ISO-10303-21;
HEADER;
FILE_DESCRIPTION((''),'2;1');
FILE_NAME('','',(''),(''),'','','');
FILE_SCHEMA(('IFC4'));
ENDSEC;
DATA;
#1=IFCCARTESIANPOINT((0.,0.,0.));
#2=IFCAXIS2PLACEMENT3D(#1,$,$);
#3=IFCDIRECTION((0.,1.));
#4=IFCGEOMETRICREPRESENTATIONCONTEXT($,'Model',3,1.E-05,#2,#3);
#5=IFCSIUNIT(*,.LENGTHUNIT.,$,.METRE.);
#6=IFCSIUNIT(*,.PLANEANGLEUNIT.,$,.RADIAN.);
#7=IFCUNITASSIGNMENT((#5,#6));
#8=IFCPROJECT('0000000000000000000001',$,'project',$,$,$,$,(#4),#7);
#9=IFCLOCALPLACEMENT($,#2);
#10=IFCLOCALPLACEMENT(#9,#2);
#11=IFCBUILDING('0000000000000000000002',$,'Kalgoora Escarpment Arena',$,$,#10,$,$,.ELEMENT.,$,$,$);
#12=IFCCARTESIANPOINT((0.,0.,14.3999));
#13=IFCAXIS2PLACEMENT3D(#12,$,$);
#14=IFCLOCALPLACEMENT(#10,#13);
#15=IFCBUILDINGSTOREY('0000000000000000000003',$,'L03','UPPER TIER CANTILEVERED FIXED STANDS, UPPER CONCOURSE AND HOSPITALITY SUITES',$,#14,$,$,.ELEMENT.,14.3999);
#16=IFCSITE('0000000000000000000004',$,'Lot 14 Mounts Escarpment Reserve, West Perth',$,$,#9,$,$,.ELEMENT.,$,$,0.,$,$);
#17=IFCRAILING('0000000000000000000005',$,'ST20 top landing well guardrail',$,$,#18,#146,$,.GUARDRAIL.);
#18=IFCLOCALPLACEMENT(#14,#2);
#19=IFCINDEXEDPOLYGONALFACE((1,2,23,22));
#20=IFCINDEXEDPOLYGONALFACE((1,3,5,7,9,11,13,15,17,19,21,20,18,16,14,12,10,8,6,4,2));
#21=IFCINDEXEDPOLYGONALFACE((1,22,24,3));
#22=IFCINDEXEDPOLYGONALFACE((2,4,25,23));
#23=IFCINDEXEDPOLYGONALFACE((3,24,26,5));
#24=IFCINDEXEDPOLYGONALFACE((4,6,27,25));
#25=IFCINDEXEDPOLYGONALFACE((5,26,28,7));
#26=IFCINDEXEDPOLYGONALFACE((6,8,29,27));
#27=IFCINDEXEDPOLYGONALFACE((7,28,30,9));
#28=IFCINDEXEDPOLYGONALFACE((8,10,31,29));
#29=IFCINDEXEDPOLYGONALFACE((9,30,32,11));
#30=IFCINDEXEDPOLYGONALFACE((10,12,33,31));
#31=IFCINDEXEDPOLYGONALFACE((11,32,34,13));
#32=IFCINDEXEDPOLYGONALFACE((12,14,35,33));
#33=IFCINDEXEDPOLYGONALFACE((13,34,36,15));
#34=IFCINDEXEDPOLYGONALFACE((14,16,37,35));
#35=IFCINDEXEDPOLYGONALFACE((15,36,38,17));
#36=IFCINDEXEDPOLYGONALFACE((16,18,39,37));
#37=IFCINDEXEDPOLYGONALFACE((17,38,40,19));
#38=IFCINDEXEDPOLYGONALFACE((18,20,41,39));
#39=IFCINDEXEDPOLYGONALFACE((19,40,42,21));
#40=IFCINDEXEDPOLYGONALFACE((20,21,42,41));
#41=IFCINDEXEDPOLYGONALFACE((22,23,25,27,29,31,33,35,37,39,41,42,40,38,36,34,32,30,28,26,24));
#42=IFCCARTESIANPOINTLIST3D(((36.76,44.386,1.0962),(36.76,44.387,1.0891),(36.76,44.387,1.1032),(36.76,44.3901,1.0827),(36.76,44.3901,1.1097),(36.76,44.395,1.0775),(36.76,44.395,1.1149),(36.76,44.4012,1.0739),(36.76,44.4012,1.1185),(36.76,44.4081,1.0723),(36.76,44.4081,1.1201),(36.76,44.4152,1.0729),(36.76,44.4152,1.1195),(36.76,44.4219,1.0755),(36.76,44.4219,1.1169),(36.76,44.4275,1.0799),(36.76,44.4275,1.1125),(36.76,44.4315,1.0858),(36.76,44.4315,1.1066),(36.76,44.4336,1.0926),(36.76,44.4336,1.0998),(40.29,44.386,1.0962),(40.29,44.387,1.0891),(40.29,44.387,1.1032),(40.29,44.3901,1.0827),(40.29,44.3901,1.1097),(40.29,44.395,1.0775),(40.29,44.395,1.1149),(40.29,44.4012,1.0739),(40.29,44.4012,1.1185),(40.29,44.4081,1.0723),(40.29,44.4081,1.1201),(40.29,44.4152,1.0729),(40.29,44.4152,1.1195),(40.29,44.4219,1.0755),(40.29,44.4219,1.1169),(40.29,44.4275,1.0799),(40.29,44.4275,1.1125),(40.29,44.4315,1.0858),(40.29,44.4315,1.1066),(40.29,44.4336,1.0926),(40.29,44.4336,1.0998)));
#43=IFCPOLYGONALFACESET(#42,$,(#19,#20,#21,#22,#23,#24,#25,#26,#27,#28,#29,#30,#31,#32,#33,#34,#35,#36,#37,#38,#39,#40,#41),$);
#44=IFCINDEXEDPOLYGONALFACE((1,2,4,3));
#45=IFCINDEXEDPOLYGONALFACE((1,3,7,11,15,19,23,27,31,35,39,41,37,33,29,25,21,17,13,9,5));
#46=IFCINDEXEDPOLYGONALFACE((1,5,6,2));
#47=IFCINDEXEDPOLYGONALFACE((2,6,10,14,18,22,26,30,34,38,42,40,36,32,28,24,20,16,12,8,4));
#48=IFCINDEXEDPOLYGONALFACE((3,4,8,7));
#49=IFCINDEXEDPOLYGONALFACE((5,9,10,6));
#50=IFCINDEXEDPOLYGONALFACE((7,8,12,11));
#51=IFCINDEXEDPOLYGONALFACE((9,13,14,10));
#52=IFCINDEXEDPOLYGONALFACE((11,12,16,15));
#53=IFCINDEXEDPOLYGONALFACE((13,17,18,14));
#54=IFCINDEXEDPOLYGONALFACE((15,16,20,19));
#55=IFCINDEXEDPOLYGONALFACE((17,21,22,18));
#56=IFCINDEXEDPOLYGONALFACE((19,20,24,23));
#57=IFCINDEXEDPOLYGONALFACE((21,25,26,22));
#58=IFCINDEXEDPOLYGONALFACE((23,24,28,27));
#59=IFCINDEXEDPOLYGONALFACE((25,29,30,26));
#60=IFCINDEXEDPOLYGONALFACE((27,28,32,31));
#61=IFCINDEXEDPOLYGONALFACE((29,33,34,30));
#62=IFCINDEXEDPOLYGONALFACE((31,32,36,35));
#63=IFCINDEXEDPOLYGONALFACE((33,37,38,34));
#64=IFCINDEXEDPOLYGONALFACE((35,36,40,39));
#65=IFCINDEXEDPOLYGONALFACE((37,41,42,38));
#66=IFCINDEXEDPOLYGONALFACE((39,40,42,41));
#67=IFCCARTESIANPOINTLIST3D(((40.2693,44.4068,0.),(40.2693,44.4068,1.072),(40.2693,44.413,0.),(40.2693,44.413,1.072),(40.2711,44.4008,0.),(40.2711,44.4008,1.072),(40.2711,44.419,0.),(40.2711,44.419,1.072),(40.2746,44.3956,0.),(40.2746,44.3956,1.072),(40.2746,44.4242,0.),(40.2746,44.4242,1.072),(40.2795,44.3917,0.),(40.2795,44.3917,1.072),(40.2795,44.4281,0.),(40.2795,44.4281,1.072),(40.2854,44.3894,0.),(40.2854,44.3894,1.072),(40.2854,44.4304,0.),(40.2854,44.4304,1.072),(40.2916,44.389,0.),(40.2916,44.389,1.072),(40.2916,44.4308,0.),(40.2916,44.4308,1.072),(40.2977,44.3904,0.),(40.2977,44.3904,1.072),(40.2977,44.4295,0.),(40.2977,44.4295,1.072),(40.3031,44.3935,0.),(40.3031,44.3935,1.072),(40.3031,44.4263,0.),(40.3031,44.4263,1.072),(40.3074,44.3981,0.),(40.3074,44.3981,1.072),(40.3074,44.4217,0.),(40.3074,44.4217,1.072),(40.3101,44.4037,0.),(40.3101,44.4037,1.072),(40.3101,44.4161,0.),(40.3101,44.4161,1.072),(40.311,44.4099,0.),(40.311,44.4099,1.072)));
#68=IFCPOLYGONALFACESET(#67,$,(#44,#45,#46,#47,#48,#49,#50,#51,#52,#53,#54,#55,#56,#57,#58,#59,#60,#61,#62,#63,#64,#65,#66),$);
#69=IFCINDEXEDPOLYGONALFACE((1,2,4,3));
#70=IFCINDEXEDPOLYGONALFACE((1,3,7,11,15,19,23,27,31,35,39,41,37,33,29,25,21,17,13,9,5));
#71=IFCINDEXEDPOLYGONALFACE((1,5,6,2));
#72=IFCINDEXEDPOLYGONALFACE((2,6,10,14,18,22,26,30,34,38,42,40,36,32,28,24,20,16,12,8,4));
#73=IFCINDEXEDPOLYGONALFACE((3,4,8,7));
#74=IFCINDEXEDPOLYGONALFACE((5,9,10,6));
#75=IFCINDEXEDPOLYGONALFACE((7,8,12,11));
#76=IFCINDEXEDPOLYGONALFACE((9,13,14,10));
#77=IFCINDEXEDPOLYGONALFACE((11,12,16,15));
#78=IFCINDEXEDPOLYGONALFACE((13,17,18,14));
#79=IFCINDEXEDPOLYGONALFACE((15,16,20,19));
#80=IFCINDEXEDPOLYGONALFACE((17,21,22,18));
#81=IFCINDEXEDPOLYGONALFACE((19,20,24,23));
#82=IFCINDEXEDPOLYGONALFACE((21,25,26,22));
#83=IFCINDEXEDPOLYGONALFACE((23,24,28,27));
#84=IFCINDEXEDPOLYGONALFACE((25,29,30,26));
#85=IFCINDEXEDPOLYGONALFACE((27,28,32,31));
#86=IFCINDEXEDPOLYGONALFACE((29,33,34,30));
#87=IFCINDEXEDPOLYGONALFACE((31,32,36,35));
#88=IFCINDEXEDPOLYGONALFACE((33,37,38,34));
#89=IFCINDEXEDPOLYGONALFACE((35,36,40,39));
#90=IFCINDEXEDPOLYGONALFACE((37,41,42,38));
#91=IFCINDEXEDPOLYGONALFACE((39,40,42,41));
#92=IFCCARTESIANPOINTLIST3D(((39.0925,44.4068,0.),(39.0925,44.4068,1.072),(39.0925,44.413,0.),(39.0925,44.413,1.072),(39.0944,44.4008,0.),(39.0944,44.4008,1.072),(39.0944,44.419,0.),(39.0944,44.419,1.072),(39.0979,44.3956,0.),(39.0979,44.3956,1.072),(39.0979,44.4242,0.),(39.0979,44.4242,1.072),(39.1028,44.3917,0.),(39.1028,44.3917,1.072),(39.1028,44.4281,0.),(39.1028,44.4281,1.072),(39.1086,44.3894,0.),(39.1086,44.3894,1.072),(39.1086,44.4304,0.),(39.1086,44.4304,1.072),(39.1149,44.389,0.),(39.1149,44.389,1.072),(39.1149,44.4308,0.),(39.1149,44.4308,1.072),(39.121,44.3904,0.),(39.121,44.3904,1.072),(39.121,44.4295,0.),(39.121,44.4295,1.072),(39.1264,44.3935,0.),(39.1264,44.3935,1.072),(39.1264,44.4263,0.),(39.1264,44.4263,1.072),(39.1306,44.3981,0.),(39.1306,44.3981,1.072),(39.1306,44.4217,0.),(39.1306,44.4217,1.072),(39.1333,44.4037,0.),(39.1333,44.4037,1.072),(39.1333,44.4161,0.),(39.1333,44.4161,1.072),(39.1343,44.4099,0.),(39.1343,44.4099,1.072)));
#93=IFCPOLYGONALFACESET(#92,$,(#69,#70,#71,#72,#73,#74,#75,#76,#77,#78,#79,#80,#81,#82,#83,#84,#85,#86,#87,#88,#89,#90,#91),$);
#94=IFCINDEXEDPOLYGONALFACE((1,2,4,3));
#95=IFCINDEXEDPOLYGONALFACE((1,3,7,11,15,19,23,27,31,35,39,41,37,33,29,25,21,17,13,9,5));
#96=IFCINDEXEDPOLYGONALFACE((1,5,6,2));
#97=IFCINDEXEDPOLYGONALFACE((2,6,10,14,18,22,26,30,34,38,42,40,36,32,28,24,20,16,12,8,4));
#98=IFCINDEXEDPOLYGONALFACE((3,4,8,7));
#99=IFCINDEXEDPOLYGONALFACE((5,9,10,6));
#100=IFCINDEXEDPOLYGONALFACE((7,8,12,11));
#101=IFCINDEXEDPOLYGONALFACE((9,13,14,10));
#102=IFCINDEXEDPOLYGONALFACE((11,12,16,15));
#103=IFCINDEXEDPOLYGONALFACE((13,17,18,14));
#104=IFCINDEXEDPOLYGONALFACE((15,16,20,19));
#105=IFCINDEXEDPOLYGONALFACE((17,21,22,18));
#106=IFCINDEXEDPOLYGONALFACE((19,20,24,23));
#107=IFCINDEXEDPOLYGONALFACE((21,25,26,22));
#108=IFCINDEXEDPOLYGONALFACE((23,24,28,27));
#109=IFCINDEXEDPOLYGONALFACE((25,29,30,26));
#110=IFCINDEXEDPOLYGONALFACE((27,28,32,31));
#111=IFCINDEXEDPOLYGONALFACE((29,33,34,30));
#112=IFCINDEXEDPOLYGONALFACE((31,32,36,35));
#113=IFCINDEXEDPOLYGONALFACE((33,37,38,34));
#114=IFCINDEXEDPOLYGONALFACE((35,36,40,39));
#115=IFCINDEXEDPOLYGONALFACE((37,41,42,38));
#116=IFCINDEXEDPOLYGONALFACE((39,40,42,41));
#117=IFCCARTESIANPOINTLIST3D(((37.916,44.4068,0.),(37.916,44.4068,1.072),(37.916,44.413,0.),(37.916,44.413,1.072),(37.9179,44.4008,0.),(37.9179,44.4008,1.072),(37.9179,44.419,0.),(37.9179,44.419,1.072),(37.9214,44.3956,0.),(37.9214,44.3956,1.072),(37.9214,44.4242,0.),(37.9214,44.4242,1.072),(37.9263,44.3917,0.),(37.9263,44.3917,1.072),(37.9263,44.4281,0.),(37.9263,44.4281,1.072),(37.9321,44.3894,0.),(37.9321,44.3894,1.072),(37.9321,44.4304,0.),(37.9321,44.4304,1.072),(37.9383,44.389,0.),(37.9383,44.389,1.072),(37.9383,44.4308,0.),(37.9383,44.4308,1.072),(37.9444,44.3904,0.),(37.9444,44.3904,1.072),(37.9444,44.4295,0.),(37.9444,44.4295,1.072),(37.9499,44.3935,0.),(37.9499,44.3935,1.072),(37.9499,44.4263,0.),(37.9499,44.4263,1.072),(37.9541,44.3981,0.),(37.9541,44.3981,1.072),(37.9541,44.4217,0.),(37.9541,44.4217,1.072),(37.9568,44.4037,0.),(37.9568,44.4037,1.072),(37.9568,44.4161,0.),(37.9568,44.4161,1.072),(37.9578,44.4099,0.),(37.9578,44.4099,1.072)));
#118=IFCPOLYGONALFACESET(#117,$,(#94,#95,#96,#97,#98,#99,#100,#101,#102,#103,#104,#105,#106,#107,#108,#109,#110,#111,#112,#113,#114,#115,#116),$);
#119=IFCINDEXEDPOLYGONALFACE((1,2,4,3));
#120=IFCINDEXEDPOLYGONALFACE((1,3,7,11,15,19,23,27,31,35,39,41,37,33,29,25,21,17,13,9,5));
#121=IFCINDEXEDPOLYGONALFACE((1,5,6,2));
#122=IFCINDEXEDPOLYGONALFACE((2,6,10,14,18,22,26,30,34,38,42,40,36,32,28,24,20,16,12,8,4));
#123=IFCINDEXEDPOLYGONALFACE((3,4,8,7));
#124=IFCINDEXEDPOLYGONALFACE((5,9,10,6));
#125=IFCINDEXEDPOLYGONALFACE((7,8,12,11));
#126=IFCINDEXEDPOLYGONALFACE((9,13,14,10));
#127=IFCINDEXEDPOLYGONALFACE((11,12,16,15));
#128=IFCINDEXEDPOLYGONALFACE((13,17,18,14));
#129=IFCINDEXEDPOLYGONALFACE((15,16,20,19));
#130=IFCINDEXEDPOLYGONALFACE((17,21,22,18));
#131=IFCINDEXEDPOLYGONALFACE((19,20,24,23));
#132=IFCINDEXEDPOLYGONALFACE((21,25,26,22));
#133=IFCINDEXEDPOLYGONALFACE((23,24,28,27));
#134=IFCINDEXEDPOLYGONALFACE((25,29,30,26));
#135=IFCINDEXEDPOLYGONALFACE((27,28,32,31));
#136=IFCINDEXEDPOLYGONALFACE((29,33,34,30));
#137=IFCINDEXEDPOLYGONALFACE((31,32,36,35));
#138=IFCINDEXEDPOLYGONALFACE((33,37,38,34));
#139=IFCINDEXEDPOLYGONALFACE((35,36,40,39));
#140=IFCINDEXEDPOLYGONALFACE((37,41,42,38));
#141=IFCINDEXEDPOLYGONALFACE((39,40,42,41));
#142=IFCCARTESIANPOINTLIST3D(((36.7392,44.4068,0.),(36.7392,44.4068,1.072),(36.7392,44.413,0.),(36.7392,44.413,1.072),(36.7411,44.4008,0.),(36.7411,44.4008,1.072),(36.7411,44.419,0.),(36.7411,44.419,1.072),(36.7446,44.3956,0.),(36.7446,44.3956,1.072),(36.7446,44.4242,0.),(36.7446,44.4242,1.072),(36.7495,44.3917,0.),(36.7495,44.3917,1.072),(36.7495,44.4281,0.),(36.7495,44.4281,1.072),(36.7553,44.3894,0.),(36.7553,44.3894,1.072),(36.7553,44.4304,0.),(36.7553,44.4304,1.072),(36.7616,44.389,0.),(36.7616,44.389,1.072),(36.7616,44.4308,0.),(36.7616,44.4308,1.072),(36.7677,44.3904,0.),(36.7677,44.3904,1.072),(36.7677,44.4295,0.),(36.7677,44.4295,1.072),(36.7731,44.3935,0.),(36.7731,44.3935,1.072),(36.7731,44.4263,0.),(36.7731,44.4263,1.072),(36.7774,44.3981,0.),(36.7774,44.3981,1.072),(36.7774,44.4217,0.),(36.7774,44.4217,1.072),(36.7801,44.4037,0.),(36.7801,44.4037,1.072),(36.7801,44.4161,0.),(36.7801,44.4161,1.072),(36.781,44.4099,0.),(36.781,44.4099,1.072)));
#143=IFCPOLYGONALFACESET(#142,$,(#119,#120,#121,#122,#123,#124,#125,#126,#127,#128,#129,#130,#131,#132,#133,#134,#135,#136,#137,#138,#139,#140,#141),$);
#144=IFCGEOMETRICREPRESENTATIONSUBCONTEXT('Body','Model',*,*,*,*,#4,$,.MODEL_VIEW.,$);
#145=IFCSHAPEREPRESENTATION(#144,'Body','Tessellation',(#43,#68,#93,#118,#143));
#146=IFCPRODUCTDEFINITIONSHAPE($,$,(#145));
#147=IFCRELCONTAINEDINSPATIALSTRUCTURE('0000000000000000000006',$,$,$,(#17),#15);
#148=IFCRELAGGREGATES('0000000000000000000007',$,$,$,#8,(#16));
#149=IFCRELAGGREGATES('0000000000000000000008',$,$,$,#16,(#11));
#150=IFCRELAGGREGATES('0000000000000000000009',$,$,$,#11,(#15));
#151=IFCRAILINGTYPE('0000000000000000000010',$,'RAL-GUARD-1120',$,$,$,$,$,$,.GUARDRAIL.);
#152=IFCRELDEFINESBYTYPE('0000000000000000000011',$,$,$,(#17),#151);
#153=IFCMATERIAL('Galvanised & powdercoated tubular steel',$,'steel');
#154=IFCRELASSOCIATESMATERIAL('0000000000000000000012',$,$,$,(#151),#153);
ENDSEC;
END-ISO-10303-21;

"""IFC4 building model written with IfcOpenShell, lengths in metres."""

from ifc_helpers import new_model, si_unit, direction, frame, origin, origin_2d, place, context, subcontext, project, spatial, circle, extrude, material, type_object, element, save


model = new_model("IFC4")

# Units and contexts
model_context = context("Model", 3, precision=1e-05, world=origin(), true_north=direction((0.0, 1.0)))
body_context = subcontext(model_context, "Body", "Model", "MODEL_VIEW")
ifc_project = project(units=[si_unit("LENGTHUNIT", "METRE"), si_unit("PLANEANGLEUNIT", "RADIAN")], contexts=[model_context])

# Site, building, storey
site_placement = place(None, origin())
site = spatial("IfcSite", under=ifc_project, at=site_placement, Name="Lot 14 Mounts Escarpment Reserve, West Perth", CompositionType="ELEMENT", RefElevation=0.0)
building_placement = place(site_placement, origin())
building = spatial("IfcBuilding", under=site, at=building_placement, Name="Kalgoora Escarpment Arena", CompositionType="ELEMENT")
storey_placement = place(building_placement, frame((0.0, 0.0, 14.3999)))
storey = spatial("IfcBuildingStorey", under=building, at=storey_placement, Name="L03", Description="UPPER TIER CANTILEVERED FIXED STANDS, UPPER CONCOURSE AND HOSPITALITY SUITES", CompositionType="ELEMENT", Elevation=14.3999)

# Railing
ifc_material_1 = material(Name="Galvanised & powdercoated tubular steel", Category="steel")
railing_type_1 = type_object("IfcRailingType", Name="RAL-GUARD-1120", PredefinedType="GUARDRAIL", material=ifc_material_1)
railing_1_placement = place(storey_placement, frame((40.29, 44.4099, 0.0)))
element("IfcRailing", 1, at=railing_1_placement, inside=storey, type_object=railing_type_1, Name="ST20 top landing well guardrail", PredefinedType="GUARDRAIL", context=body_context, shape_type="SweptSolid", body=[
    extrude(circle(Radius=0.0239, at=origin_2d()), frame((0.0, 0.0, 1.0962), z_axis=(-1.0, 0.0, 0.0), x_axis=(0.0, -1.0, 0.0)), (0.0, 0.0, 1.0), 3.53),
    extrude(circle(Radius=0.021, at=origin_2d()), origin(), (0.0, 0.0, 1.0), 1.072),
    extrude(circle(Radius=0.021, at=origin_2d()), frame((-1.1768, 0.0, 0.0)), (0.0, 0.0, 1.0), 1.072),
    extrude(circle(Radius=0.021, at=origin_2d()), frame((-2.3533, 0.0, 0.0)), (0.0, 0.0, 1.0), 1.072),
    extrude(circle(Radius=0.021, at=origin_2d()), frame((-3.53, 0.0, 0.0)), (0.0, 0.0, 1.0), 1.072),
])

save(model, "model.ifc")
